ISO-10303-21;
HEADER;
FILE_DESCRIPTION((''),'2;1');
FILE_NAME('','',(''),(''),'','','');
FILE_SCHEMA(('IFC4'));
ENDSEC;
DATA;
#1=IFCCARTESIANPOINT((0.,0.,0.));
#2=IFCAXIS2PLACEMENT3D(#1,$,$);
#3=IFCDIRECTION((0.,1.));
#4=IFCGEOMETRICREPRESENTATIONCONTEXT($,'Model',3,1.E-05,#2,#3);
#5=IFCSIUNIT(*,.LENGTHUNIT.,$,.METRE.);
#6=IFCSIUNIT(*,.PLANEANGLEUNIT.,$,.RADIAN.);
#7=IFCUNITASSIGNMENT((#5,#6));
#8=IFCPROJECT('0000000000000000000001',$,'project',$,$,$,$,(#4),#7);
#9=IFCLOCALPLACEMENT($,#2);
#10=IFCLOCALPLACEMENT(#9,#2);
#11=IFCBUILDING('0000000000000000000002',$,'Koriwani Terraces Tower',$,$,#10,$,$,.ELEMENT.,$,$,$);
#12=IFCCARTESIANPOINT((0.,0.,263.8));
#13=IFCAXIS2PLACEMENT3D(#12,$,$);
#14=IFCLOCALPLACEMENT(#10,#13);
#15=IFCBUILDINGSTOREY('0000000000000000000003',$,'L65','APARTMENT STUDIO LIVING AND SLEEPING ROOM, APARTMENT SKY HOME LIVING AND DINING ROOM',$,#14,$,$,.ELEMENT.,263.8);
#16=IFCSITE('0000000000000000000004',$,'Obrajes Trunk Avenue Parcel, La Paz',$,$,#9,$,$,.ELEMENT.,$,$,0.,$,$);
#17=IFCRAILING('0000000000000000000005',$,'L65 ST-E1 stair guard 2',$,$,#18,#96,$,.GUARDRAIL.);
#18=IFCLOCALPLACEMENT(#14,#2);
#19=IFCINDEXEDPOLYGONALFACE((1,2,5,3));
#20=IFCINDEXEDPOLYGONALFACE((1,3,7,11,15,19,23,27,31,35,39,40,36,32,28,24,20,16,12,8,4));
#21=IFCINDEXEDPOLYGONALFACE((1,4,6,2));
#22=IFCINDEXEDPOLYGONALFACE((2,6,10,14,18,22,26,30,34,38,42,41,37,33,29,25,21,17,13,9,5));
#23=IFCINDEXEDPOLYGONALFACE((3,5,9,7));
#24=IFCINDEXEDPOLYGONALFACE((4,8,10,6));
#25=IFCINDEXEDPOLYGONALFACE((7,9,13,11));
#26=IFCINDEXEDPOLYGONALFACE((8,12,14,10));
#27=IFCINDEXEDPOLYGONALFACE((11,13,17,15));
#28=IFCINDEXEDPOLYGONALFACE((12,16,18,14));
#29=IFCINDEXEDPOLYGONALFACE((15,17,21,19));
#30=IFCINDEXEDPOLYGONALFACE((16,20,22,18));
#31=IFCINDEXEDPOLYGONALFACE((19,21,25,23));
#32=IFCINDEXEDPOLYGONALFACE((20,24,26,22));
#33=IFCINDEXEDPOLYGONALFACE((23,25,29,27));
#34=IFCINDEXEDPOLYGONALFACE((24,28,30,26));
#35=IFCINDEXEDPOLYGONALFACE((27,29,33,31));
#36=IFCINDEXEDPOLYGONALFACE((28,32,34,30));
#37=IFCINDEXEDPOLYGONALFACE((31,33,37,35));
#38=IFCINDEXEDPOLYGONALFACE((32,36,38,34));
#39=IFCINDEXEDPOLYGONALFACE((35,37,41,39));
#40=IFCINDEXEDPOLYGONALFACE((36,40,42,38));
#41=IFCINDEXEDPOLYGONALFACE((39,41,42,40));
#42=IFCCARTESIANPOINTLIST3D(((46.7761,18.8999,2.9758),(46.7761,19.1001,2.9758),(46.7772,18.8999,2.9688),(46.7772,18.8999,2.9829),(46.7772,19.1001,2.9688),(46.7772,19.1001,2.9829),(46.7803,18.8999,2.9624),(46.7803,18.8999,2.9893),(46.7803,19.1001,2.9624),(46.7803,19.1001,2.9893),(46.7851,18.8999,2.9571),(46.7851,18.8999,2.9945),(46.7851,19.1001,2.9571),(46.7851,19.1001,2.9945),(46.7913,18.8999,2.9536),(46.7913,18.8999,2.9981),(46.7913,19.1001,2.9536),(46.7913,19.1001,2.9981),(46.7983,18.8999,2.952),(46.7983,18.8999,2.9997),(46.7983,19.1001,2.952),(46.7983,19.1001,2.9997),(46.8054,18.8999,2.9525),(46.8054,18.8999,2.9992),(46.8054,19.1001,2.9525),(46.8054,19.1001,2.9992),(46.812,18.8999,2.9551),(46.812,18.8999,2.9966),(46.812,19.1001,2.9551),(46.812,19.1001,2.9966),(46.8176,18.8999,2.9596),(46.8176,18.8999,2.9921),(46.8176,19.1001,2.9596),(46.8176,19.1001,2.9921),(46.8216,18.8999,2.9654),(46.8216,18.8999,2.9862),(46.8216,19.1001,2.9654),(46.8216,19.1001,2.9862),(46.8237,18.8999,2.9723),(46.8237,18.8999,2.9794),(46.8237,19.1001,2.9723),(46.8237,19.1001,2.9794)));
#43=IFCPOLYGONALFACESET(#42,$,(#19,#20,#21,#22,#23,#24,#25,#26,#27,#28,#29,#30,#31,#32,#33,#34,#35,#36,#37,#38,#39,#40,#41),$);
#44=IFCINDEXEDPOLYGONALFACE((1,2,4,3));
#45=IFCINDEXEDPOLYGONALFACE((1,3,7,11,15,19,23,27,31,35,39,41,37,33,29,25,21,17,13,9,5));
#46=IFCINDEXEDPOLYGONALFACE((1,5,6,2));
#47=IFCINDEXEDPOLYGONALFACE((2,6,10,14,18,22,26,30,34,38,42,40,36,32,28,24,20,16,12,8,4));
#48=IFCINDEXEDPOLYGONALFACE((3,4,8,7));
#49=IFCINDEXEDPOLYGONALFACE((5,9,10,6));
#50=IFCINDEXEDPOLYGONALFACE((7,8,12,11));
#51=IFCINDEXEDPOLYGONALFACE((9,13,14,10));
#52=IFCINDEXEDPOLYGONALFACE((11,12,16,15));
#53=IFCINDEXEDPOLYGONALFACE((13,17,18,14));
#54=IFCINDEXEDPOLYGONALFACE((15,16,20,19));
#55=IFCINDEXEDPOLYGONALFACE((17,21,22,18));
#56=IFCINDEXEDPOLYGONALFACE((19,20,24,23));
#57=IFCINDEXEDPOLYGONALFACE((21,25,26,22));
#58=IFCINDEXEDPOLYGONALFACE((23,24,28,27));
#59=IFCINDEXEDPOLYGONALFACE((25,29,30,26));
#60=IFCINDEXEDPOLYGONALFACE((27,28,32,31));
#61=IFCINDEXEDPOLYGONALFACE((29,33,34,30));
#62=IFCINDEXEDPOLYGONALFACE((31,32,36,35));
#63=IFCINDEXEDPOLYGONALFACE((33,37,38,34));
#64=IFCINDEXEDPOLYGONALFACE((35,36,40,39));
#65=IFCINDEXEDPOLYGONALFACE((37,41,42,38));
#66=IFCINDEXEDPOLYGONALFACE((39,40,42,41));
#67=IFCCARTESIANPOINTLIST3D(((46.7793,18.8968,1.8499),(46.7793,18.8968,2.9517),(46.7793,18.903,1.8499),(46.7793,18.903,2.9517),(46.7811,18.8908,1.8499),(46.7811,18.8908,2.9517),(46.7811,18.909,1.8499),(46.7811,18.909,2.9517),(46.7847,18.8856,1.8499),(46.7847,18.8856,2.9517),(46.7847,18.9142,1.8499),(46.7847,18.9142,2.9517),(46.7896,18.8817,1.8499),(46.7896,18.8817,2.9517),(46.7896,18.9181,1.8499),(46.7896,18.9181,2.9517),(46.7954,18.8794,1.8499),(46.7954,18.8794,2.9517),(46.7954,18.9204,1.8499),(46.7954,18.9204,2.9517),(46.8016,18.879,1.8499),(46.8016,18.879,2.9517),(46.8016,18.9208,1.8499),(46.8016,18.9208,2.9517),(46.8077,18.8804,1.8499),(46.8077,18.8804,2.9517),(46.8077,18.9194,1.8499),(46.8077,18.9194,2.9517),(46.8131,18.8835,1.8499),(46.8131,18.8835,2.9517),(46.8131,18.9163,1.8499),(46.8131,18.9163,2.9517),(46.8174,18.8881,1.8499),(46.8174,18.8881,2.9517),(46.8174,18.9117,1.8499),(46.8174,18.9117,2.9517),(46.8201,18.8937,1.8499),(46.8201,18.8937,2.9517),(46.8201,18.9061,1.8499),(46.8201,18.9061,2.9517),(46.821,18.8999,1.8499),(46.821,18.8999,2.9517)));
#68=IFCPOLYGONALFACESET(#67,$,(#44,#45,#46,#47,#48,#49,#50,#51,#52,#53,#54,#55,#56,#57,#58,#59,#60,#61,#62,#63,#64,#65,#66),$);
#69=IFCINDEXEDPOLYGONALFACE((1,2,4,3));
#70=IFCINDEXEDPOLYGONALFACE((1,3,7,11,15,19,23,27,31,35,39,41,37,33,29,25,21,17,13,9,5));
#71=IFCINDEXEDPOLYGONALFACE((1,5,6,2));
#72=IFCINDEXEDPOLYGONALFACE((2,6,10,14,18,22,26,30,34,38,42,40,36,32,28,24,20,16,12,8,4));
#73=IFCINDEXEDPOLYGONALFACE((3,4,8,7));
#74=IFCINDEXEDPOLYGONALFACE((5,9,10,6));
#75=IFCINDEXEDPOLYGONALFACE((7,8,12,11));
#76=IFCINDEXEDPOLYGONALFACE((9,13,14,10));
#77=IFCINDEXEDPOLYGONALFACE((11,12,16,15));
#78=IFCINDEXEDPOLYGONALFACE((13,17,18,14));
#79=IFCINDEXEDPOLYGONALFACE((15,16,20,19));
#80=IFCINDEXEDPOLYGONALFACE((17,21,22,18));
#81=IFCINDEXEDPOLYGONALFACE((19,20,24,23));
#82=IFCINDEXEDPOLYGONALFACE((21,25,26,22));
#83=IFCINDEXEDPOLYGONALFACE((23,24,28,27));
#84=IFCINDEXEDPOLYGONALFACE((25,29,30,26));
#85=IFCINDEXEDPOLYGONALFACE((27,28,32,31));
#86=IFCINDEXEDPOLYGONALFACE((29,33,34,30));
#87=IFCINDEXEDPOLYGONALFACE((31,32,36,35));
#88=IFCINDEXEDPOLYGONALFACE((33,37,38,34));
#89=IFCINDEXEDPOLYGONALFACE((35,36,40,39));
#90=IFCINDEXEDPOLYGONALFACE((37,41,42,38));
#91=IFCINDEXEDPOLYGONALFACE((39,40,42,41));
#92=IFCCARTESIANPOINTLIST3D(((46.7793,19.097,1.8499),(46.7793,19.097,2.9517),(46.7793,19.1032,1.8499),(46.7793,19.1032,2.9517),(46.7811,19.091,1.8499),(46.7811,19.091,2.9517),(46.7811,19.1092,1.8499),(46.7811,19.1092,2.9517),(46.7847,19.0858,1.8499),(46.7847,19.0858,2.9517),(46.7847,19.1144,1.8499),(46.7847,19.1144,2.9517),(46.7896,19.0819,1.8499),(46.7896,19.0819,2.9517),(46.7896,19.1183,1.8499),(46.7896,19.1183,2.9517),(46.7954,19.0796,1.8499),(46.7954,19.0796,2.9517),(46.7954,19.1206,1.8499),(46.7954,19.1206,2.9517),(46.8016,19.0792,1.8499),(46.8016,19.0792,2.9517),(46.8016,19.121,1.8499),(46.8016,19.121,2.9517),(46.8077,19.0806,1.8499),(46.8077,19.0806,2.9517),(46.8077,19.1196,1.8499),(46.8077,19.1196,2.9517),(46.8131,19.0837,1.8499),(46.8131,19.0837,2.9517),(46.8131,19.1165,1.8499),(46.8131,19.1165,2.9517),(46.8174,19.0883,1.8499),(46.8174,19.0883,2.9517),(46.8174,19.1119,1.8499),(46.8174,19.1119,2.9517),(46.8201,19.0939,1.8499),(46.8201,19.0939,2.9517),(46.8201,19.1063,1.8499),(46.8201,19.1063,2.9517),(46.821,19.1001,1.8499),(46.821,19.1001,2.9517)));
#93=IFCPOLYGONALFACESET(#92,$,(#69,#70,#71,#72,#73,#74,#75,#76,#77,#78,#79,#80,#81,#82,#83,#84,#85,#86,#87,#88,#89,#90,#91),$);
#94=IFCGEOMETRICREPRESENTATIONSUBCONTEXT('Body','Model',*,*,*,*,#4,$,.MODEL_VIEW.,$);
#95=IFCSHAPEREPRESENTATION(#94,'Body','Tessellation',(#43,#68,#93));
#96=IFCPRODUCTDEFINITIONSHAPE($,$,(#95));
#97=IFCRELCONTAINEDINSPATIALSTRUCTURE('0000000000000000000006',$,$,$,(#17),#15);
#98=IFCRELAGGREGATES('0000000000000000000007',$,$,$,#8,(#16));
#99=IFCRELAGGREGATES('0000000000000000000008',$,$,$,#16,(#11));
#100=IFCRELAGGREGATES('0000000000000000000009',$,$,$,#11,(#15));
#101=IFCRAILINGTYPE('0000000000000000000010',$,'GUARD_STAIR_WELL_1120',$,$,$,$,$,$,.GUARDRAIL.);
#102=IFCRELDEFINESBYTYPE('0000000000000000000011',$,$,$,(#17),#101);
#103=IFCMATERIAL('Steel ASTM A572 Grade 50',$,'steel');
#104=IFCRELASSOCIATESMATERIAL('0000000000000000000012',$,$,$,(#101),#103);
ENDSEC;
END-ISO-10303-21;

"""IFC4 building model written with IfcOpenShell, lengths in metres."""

from ifc_helpers import new_model, si_unit, direction, frame, origin, origin_2d, place, context, subcontext, project, spatial, circle, extrude, material, type_object, element, save


model = new_model("IFC4")

# Units and contexts
model_context = context("Model", 3, precision=1e-05, world=origin(), true_north=direction((0.0, 1.0)))
body_context = subcontext(model_context, "Body", "Model", "MODEL_VIEW")
ifc_project = project(units=[si_unit("LENGTHUNIT", "METRE"), si_unit("PLANEANGLEUNIT", "RADIAN")], contexts=[model_context])

# Site, building, storey
site_placement = place(None, origin())
site = spatial("IfcSite", under=ifc_project, at=site_placement, Name="Obrajes Trunk Avenue Parcel, La Paz", CompositionType="ELEMENT", RefElevation=0.0)
building_placement = place(site_placement, origin())
building = spatial("IfcBuilding", under=site, at=building_placement, Name="Koriwani Terraces Tower", CompositionType="ELEMENT")
storey_placement = place(building_placement, frame((0.0, 0.0, 263.8)))
storey = spatial("IfcBuildingStorey", under=building, at=storey_placement, Name="L65", Description="APARTMENT STUDIO LIVING AND SLEEPING ROOM, APARTMENT SKY HOME LIVING AND DINING ROOM", CompositionType="ELEMENT", Elevation=263.8)

# Shared definitions
ifc_material_1 = material(Name="Steel ASTM A572 Grade 50", Category="steel")

# Railing
railing_type_1 = type_object("IfcRailingType", Name="GUARD_STAIR_WELL_1120", PredefinedType="GUARDRAIL", material=ifc_material_1)
railing_1_placement = place(storey_placement, frame((46.8, 18.8999, 1.8499)))
element("IfcRailing", 1, at=railing_1_placement, inside=storey, type_object=railing_type_1, Name="L65 ST-E1 stair guard 2", PredefinedType="GUARDRAIL", context=body_context, shape_type="SweptSolid", body=[
    extrude(circle(Radius=0.0239, at=origin_2d()), frame((0.0, 0.0, 1.126), z_axis=(0.0, 1.0, 0.0), x_axis=(-1.0, 0.0, 0.0)), (0.0, 0.0, 1.0), 0.2002),
    extrude(circle(Radius=0.021, at=origin_2d()), origin(), (0.0, 0.0, 1.0), 1.1018),
    extrude(circle(Radius=0.021, at=origin_2d()), frame((0.0, 0.2002, 0.0)), (0.0, 0.0, 1.0), 1.1018),
])

save(model, "model.ifc")
